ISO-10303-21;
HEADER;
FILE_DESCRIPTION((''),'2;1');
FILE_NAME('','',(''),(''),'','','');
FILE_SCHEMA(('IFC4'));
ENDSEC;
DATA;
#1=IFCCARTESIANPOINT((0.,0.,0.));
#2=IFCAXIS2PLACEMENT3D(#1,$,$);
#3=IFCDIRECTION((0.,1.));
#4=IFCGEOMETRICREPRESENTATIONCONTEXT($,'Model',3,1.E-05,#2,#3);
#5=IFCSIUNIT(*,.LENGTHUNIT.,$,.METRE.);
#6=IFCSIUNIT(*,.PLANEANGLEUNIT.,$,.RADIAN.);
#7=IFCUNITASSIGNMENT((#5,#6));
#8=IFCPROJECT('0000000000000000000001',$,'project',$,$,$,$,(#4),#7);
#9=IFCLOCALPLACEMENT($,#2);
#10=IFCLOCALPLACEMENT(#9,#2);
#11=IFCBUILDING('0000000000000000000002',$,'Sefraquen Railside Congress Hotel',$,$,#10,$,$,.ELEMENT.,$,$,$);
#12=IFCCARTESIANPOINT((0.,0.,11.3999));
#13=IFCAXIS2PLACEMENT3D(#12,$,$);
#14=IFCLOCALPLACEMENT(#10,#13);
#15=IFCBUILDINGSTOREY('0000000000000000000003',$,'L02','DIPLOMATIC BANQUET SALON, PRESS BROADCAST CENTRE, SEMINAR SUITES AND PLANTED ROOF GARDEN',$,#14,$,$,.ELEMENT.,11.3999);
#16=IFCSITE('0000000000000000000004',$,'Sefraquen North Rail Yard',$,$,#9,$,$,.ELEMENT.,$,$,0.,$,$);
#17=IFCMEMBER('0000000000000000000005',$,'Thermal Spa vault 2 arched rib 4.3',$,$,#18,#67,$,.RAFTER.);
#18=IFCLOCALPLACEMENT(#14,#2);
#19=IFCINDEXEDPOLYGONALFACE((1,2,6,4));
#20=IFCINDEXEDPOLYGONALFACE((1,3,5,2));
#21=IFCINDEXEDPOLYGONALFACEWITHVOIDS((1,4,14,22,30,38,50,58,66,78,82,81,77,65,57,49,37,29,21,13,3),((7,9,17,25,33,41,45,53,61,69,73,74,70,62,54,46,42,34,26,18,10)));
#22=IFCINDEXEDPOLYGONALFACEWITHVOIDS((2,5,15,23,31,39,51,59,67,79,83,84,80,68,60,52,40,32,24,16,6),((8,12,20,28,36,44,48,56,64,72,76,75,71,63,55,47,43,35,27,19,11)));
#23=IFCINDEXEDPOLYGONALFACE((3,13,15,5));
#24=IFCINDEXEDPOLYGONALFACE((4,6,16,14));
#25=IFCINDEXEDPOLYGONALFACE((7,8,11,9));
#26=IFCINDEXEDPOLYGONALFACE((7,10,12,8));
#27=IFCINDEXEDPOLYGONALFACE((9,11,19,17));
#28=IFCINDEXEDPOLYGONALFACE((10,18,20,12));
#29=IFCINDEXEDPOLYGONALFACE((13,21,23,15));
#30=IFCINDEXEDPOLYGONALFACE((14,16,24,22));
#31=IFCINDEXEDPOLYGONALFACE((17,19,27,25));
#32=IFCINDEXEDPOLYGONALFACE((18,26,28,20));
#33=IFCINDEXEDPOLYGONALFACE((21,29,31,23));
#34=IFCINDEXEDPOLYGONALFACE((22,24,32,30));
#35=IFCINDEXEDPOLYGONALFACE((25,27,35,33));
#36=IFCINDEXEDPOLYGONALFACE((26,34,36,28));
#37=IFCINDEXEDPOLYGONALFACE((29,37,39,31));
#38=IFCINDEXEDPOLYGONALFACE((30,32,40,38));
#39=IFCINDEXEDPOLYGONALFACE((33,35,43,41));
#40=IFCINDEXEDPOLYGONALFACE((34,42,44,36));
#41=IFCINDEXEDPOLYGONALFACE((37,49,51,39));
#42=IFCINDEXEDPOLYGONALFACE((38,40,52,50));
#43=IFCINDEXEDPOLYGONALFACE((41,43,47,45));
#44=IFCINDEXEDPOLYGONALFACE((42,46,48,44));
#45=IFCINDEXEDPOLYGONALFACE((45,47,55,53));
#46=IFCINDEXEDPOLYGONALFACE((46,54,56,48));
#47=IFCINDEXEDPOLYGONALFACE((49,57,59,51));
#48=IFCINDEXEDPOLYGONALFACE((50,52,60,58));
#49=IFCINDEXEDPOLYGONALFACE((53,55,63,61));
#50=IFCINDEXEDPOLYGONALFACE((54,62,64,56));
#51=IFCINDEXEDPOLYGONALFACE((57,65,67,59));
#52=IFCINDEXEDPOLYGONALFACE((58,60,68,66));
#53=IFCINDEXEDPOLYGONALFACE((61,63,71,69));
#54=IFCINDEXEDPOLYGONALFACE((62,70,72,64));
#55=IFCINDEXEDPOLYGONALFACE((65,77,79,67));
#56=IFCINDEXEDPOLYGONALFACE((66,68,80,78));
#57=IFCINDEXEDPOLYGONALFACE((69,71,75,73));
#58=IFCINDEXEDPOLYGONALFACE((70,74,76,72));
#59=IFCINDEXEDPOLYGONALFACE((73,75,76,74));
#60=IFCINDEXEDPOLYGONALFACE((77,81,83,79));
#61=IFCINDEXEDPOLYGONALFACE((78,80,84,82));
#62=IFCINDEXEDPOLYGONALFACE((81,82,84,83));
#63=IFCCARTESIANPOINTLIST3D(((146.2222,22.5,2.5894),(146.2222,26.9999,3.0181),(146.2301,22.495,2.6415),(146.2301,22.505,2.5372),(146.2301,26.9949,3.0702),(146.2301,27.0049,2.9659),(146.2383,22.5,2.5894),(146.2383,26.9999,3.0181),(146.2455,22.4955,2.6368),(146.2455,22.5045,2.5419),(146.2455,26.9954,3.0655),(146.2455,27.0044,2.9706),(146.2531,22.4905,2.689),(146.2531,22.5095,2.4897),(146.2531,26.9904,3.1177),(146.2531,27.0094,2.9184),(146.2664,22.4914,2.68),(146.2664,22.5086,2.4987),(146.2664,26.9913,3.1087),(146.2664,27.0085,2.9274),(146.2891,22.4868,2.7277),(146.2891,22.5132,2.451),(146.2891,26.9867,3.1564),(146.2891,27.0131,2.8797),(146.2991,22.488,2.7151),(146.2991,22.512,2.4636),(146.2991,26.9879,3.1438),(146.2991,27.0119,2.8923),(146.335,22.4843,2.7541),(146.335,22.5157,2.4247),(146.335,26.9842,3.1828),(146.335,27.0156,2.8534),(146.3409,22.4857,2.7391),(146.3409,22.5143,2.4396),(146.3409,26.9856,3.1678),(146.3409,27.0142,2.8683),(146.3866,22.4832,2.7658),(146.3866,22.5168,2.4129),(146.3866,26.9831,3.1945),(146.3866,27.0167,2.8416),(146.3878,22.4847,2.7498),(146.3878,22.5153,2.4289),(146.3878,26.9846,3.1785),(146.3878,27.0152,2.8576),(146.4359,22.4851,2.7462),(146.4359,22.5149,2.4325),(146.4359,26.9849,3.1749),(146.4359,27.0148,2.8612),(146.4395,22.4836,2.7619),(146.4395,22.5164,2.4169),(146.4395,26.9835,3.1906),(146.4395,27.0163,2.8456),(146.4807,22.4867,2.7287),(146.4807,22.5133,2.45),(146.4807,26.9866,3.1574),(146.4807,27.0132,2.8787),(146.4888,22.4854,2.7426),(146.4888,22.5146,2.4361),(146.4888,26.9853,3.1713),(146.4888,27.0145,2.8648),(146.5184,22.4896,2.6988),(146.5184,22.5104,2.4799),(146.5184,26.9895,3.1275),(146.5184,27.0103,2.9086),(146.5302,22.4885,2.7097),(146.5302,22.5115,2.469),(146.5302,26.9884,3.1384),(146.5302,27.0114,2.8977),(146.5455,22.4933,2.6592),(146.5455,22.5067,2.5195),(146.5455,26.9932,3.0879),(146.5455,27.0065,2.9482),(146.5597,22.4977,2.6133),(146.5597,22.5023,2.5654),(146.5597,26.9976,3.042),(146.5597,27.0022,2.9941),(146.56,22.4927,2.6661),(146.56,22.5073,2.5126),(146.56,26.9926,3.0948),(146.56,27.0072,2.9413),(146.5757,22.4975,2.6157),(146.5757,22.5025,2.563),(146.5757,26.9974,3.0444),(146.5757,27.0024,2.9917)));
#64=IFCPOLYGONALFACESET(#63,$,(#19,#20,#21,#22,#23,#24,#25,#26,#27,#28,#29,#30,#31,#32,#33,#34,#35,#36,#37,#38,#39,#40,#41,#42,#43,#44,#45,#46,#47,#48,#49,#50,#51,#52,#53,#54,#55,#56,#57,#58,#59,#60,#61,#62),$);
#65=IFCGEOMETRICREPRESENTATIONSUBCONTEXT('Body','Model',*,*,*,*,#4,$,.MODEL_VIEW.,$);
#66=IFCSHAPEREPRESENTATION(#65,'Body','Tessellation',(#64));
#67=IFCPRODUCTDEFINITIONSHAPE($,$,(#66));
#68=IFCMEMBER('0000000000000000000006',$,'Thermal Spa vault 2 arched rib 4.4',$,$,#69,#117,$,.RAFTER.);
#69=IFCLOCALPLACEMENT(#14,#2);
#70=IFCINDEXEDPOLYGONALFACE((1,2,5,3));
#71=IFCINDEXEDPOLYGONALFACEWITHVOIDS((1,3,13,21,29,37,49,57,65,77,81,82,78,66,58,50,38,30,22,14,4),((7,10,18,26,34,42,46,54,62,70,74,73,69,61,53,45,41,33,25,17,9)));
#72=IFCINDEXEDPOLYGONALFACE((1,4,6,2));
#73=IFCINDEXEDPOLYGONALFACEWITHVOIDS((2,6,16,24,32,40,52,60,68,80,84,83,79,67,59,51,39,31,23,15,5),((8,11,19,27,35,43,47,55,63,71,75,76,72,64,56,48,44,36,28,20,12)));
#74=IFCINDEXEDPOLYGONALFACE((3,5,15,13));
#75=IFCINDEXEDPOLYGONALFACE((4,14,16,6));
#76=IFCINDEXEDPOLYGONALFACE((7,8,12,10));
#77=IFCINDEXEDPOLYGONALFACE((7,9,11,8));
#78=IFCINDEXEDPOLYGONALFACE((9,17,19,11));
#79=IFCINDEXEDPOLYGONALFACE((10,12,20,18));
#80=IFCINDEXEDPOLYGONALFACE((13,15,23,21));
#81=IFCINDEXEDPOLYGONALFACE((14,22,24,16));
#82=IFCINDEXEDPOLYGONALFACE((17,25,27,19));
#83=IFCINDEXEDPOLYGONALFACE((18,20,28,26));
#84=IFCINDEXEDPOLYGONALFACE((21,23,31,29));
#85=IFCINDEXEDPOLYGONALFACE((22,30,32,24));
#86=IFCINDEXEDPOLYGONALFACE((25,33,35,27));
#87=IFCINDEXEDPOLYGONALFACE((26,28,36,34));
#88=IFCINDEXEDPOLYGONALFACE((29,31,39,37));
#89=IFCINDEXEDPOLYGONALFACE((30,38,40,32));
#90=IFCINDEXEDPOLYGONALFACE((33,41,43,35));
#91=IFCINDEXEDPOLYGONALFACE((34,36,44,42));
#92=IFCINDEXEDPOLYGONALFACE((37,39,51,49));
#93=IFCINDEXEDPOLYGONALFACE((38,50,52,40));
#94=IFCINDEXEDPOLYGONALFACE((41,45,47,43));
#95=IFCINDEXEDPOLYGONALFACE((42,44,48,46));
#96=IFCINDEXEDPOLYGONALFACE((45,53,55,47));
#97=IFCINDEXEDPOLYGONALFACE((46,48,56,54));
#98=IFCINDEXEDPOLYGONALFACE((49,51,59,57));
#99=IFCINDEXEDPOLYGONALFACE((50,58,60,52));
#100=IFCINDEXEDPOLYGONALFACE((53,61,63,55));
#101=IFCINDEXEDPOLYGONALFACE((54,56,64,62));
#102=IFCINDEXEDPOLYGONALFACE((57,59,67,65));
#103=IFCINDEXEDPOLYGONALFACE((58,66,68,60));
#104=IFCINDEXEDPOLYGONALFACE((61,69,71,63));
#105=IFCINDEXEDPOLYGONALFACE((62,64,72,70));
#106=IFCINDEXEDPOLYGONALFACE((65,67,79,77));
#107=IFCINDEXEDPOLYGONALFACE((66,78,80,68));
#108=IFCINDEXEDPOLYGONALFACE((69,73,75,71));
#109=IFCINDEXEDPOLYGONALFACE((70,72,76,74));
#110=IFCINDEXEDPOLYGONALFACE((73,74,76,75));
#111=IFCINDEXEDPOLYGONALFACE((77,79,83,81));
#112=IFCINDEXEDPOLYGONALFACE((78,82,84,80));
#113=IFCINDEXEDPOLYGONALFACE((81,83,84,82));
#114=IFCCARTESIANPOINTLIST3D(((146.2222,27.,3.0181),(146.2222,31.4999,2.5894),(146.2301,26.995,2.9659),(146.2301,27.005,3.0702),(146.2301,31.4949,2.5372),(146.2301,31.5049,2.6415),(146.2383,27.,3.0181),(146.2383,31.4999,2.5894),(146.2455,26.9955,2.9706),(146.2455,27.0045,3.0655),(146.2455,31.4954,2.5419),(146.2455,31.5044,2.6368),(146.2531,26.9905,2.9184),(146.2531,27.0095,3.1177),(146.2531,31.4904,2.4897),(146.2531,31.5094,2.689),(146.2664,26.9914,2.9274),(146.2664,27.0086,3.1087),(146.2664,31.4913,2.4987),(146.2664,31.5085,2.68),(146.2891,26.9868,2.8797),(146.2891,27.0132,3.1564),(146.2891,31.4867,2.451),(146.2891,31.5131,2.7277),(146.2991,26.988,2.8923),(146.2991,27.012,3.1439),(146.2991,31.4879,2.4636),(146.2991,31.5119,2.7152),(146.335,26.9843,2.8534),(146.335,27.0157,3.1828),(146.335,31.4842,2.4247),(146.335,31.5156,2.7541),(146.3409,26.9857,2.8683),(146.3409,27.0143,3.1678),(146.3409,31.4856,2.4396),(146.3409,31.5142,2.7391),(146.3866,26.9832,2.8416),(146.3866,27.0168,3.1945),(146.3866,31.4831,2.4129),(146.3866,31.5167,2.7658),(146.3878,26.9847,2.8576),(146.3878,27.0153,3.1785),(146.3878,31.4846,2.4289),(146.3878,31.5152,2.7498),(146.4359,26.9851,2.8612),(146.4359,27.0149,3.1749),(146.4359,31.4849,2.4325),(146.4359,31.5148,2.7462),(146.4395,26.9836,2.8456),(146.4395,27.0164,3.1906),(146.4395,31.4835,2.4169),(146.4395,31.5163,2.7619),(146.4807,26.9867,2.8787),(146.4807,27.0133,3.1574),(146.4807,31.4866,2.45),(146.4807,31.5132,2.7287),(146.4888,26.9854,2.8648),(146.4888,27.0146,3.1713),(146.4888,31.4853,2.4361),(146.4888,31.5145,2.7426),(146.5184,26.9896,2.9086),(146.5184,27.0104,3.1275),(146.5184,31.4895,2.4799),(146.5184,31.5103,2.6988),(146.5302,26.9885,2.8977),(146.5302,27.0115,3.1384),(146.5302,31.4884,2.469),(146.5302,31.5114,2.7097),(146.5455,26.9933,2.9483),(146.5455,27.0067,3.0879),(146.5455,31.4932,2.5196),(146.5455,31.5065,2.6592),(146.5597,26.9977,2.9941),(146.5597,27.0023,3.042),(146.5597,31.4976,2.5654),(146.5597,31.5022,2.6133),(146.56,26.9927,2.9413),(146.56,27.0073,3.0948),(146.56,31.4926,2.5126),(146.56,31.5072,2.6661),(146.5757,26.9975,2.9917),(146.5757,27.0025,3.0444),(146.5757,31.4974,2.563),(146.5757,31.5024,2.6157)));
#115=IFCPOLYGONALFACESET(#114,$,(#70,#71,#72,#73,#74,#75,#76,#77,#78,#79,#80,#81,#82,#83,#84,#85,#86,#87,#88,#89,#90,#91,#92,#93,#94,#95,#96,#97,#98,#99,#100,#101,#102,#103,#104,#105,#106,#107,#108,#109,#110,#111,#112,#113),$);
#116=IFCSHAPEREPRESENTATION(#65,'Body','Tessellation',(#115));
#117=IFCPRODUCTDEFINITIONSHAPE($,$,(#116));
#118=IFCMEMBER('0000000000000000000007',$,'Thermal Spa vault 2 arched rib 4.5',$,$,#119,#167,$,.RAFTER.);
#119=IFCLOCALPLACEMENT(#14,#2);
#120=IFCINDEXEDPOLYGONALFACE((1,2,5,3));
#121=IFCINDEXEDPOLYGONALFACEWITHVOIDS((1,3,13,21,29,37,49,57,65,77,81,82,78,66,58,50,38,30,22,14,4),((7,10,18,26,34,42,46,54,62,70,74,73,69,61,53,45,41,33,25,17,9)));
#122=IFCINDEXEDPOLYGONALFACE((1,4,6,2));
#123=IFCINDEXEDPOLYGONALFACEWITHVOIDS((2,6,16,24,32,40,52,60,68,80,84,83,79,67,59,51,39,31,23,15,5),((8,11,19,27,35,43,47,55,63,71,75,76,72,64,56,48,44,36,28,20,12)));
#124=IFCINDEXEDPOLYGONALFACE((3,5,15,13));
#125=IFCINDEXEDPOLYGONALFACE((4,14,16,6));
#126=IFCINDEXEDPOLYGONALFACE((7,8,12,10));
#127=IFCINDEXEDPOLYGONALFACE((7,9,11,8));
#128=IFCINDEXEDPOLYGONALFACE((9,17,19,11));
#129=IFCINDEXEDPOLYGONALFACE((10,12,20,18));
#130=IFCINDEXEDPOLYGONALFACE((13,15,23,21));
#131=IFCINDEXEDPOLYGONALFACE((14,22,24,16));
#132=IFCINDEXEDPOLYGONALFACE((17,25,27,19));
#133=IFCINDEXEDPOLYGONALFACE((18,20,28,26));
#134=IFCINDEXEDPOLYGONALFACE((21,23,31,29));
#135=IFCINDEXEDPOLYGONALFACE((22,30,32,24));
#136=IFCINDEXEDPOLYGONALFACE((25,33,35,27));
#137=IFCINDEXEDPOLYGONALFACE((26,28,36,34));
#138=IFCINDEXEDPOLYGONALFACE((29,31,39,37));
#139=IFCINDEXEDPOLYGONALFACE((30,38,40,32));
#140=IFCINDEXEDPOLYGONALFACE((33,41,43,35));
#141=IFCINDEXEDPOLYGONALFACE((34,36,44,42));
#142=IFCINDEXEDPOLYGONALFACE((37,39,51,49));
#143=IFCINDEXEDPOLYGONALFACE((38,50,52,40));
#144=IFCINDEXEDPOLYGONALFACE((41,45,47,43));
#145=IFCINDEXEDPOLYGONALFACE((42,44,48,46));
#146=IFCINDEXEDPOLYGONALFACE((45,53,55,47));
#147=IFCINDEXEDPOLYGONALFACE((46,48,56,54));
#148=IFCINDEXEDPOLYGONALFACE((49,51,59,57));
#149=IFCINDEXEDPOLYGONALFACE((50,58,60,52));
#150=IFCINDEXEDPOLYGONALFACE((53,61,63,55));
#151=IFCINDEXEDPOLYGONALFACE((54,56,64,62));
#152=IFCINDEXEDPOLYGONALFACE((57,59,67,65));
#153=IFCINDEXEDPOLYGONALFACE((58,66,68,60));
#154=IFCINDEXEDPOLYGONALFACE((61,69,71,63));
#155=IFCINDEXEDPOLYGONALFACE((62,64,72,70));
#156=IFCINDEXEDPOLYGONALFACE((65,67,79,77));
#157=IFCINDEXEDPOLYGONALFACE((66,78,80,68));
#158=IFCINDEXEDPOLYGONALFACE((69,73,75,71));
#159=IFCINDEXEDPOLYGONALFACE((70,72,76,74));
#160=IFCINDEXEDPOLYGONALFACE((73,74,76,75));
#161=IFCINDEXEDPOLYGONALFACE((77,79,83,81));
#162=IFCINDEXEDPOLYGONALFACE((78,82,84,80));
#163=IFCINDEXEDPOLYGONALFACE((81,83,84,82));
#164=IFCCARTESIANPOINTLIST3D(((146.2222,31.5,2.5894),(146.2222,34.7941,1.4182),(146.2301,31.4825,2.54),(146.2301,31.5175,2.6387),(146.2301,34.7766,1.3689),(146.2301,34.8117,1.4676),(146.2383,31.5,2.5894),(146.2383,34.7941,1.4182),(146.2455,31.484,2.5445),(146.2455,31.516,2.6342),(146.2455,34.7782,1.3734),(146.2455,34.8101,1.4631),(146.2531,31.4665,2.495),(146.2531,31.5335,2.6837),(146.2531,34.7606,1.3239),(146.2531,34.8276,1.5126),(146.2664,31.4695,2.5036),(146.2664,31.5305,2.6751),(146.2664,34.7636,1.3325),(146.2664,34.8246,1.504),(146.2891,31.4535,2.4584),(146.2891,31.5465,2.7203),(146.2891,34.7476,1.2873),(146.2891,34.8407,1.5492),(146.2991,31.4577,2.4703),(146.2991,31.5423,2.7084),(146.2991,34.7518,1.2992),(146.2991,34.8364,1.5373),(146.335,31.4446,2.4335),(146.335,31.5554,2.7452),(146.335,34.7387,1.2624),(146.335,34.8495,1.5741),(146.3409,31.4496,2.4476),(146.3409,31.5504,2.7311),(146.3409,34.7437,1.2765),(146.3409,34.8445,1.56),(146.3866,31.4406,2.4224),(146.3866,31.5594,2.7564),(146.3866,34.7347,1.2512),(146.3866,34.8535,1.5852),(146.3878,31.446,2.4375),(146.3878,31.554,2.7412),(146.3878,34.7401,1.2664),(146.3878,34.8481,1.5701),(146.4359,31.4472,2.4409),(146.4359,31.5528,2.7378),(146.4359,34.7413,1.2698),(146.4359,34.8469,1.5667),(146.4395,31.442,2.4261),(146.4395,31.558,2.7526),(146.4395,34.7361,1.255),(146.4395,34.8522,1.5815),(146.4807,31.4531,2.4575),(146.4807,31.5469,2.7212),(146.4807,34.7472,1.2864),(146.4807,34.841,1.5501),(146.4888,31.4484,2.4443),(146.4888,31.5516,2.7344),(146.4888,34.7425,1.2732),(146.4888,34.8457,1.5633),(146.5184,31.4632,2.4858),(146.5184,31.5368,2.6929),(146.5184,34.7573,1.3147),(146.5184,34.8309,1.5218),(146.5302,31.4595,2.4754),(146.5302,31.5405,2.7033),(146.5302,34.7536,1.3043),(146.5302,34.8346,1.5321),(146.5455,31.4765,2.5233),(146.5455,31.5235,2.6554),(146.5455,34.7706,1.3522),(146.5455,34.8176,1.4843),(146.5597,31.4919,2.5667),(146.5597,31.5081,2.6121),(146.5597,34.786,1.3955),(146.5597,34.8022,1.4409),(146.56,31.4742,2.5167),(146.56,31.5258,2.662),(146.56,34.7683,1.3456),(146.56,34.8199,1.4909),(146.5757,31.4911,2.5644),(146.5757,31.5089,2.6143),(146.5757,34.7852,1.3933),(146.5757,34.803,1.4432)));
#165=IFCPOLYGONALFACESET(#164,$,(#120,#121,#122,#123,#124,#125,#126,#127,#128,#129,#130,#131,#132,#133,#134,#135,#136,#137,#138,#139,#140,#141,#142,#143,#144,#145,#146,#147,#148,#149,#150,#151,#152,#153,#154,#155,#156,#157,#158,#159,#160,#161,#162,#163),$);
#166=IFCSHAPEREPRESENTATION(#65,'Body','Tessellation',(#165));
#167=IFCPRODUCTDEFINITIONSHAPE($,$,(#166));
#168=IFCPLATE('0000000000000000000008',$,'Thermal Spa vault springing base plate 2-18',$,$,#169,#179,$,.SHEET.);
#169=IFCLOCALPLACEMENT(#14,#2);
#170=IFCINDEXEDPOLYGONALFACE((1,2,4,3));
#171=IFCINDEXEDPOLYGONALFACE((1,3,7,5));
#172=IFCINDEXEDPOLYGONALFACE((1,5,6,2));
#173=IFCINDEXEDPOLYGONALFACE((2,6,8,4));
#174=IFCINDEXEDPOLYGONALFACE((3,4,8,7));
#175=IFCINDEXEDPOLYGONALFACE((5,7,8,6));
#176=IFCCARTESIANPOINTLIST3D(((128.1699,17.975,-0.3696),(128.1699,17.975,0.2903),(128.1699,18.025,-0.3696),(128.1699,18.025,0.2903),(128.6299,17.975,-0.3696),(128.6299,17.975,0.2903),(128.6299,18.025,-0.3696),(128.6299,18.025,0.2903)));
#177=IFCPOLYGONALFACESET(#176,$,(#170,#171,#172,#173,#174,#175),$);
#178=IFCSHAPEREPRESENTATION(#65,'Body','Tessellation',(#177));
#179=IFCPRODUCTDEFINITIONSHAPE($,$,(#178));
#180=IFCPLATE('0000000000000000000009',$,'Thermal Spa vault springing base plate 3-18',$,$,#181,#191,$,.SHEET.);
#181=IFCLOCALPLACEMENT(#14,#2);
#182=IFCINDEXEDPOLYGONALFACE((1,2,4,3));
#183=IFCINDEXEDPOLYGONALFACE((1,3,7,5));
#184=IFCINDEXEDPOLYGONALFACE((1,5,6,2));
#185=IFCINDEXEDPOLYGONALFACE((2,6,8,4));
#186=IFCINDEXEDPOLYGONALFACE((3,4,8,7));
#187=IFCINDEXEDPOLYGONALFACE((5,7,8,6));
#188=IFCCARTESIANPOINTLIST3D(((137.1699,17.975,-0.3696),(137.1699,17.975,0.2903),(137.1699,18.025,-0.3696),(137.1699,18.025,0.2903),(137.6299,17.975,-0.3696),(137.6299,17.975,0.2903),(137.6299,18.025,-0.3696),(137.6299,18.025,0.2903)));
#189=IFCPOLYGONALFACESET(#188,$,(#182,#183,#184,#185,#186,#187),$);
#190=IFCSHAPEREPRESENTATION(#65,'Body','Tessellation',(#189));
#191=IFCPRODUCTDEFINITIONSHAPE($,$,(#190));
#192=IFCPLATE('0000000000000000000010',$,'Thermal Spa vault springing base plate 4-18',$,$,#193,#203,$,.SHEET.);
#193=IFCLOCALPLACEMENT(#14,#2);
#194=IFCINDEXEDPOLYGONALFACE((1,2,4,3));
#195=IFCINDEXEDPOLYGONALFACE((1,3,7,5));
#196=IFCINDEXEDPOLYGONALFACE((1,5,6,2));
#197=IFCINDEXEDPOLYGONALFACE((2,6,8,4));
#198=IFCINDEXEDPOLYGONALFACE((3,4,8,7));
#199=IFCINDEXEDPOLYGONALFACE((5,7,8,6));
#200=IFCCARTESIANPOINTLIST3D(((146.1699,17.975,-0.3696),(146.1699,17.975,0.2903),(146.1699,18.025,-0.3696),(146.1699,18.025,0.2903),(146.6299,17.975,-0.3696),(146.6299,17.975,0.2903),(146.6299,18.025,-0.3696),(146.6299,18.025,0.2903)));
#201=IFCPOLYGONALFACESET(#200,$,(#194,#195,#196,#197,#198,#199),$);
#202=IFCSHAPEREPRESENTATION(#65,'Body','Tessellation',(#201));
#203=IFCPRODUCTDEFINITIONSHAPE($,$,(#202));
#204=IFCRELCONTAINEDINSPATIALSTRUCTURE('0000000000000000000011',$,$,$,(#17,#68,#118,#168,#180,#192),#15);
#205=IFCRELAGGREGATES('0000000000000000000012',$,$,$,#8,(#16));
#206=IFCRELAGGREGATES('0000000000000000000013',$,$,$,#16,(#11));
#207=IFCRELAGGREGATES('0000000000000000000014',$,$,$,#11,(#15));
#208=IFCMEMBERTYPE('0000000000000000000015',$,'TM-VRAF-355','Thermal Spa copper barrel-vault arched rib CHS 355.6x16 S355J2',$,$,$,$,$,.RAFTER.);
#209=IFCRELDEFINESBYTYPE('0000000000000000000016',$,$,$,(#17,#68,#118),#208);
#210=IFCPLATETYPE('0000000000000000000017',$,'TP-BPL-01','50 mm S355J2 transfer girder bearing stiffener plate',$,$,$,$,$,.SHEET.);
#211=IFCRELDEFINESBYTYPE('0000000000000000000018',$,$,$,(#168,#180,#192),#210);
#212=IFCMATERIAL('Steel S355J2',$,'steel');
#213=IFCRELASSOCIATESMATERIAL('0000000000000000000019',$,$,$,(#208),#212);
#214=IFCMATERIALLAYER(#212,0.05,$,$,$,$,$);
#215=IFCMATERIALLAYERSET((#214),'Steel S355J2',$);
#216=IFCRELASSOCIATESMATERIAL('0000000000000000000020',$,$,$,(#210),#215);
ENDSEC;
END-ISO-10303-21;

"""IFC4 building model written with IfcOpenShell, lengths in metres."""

from ifc_helpers import new_model, si_unit, direction, frame, origin, origin_2d, place, context, subcontext, project, spatial, rectangle, hollow_circle, extrude, material, layer, layer_set, material_profile, profile_set, type_object, element, save


model = new_model("IFC4")

# Units and contexts
model_context = context("Model", 3, precision=1e-05, world=origin(), true_north=direction((0.0, 1.0)))
body_context = subcontext(model_context, "Body", "Model", "MODEL_VIEW")
ifc_project = project(units=[si_unit("LENGTHUNIT", "METRE"), si_unit("PLANEANGLEUNIT", "RADIAN")], contexts=[model_context])

# Site, building, storey
site_placement = place(None, origin())
site = spatial("IfcSite", under=ifc_project, at=site_placement, Name="Sefraquen North Rail Yard", CompositionType="ELEMENT", RefElevation=0.0)
building_placement = place(site_placement, origin())
building = spatial("IfcBuilding", under=site, at=building_placement, Name="Sefraquen Railside Congress Hotel", CompositionType="ELEMENT")
storey_placement = place(building_placement, frame((0.0, 0.0, 11.3999)))
storey = spatial("IfcBuildingStorey", under=building, at=storey_placement, Name="L02", Description="DIPLOMATIC BANQUET SALON, PRESS BROADCAST CENTRE, SEMINAR SUITES AND PLANTED ROOF GARDEN", CompositionType="ELEMENT", Elevation=11.3999)

# Members
ifc_material_1 = material(Name="Steel S355J2", Category="steel")
ifc_material_profile_1 = material_profile(ifc_material_1, hollow_circle(Radius=0.1777, WallThickness=0.0161, at=origin_2d()), Name="CHS 355.6x16")
ifc_profile_set_1 = profile_set([ifc_material_profile_1], Name="Steel S355J2")
member_type = type_object("IfcMemberType", Name="TM-VRAF-355", Description="Thermal Spa copper barrel-vault arched rib CHS 355.6x16 S355J2", PredefinedType="RAFTER", material=ifc_profile_set_1)
for number, where, z_axis, x_axis, name in (
    (1, (146.3999, 22.5, 2.5894), (0.0, 0.995493, 0.09484), (-1.0, 0.0, 0.0), "Thermal Spa vault 2 arched rib 4.3"),
    (2, (146.3999, 27.0, 3.0181), (0.0, 0.995493, -0.09484), (-1.0, 0.0, 0.0), "Thermal Spa vault 2 arched rib 4.4"),
):
    element("IfcMember", number, at=place(storey_placement, frame(where, z_axis=z_axis, x_axis=x_axis)), inside=storey, type_object=member_type, Name=name, PredefinedType="RAFTER", context=body_context, shape_type="SweptSolid", body=[
        extrude(hollow_circle(Radius=0.1777, WallThickness=0.0161, at=origin_2d()), origin(), (0.0, 0.0, 1.0), 4.5203),
    ])
member_1_placement = place(storey_placement, frame((146.3999, 31.5, 2.5894), z_axis=(0.0, 0.942226, -0.334978), x_axis=(-1.0, 0.0, 0.0)))
element("IfcMember", 3, at=member_1_placement, inside=storey, type_object=member_type, Name="Thermal Spa vault 2 arched rib 4.5", PredefinedType="RAFTER", context=body_context, shape_type="SweptSolid", body=[
    extrude(hollow_circle(Radius=0.1777, WallThickness=0.0161, at=origin_2d()), origin(), (0.0, 0.0, 1.0), 3.4961),
])

# Plates
ifc_layer = layer(ifc_material_1, 0.05)
ifc_layer_set = layer_set([ifc_layer], Name="Steel S355J2")
plate_type = type_object("IfcPlateType", Name="TP-BPL-01", Description="50 mm S355J2 transfer girder bearing stiffener plate", PredefinedType="SHEET", material=ifc_layer_set)
for number, where, z_axis, x_axis, name in (
    (4, (128.3999, 18.0, -0.3696), (0.0, 0.0, 1.0), (1.0, 0.0, 0.0), "Thermal Spa vault springing base plate 2-18"),
    (5, (137.3999, 18.0, -0.3696), (0.0, 0.0, 1.0), (1.0, 0.0, 0.0), "Thermal Spa vault springing base plate 3-18"),
    (6, (146.3999, 18.0, -0.3696), (0.0, 0.0, 1.0), (1.0, 0.0, 0.0), "Thermal Spa vault springing base plate 4-18"),
):
    element("IfcPlate", number, at=place(storey_placement, frame(where, z_axis=z_axis, x_axis=x_axis)), inside=storey, type_object=plate_type, Name=name, PredefinedType="SHEET", context=body_context, shape_type="SweptSolid", body=[
        extrude(rectangle(XDim=0.46, YDim=0.05, at=origin_2d()), origin(), (0.0, 0.0, 1.0), 0.6599),
    ])

save(model, "model.ifc")
